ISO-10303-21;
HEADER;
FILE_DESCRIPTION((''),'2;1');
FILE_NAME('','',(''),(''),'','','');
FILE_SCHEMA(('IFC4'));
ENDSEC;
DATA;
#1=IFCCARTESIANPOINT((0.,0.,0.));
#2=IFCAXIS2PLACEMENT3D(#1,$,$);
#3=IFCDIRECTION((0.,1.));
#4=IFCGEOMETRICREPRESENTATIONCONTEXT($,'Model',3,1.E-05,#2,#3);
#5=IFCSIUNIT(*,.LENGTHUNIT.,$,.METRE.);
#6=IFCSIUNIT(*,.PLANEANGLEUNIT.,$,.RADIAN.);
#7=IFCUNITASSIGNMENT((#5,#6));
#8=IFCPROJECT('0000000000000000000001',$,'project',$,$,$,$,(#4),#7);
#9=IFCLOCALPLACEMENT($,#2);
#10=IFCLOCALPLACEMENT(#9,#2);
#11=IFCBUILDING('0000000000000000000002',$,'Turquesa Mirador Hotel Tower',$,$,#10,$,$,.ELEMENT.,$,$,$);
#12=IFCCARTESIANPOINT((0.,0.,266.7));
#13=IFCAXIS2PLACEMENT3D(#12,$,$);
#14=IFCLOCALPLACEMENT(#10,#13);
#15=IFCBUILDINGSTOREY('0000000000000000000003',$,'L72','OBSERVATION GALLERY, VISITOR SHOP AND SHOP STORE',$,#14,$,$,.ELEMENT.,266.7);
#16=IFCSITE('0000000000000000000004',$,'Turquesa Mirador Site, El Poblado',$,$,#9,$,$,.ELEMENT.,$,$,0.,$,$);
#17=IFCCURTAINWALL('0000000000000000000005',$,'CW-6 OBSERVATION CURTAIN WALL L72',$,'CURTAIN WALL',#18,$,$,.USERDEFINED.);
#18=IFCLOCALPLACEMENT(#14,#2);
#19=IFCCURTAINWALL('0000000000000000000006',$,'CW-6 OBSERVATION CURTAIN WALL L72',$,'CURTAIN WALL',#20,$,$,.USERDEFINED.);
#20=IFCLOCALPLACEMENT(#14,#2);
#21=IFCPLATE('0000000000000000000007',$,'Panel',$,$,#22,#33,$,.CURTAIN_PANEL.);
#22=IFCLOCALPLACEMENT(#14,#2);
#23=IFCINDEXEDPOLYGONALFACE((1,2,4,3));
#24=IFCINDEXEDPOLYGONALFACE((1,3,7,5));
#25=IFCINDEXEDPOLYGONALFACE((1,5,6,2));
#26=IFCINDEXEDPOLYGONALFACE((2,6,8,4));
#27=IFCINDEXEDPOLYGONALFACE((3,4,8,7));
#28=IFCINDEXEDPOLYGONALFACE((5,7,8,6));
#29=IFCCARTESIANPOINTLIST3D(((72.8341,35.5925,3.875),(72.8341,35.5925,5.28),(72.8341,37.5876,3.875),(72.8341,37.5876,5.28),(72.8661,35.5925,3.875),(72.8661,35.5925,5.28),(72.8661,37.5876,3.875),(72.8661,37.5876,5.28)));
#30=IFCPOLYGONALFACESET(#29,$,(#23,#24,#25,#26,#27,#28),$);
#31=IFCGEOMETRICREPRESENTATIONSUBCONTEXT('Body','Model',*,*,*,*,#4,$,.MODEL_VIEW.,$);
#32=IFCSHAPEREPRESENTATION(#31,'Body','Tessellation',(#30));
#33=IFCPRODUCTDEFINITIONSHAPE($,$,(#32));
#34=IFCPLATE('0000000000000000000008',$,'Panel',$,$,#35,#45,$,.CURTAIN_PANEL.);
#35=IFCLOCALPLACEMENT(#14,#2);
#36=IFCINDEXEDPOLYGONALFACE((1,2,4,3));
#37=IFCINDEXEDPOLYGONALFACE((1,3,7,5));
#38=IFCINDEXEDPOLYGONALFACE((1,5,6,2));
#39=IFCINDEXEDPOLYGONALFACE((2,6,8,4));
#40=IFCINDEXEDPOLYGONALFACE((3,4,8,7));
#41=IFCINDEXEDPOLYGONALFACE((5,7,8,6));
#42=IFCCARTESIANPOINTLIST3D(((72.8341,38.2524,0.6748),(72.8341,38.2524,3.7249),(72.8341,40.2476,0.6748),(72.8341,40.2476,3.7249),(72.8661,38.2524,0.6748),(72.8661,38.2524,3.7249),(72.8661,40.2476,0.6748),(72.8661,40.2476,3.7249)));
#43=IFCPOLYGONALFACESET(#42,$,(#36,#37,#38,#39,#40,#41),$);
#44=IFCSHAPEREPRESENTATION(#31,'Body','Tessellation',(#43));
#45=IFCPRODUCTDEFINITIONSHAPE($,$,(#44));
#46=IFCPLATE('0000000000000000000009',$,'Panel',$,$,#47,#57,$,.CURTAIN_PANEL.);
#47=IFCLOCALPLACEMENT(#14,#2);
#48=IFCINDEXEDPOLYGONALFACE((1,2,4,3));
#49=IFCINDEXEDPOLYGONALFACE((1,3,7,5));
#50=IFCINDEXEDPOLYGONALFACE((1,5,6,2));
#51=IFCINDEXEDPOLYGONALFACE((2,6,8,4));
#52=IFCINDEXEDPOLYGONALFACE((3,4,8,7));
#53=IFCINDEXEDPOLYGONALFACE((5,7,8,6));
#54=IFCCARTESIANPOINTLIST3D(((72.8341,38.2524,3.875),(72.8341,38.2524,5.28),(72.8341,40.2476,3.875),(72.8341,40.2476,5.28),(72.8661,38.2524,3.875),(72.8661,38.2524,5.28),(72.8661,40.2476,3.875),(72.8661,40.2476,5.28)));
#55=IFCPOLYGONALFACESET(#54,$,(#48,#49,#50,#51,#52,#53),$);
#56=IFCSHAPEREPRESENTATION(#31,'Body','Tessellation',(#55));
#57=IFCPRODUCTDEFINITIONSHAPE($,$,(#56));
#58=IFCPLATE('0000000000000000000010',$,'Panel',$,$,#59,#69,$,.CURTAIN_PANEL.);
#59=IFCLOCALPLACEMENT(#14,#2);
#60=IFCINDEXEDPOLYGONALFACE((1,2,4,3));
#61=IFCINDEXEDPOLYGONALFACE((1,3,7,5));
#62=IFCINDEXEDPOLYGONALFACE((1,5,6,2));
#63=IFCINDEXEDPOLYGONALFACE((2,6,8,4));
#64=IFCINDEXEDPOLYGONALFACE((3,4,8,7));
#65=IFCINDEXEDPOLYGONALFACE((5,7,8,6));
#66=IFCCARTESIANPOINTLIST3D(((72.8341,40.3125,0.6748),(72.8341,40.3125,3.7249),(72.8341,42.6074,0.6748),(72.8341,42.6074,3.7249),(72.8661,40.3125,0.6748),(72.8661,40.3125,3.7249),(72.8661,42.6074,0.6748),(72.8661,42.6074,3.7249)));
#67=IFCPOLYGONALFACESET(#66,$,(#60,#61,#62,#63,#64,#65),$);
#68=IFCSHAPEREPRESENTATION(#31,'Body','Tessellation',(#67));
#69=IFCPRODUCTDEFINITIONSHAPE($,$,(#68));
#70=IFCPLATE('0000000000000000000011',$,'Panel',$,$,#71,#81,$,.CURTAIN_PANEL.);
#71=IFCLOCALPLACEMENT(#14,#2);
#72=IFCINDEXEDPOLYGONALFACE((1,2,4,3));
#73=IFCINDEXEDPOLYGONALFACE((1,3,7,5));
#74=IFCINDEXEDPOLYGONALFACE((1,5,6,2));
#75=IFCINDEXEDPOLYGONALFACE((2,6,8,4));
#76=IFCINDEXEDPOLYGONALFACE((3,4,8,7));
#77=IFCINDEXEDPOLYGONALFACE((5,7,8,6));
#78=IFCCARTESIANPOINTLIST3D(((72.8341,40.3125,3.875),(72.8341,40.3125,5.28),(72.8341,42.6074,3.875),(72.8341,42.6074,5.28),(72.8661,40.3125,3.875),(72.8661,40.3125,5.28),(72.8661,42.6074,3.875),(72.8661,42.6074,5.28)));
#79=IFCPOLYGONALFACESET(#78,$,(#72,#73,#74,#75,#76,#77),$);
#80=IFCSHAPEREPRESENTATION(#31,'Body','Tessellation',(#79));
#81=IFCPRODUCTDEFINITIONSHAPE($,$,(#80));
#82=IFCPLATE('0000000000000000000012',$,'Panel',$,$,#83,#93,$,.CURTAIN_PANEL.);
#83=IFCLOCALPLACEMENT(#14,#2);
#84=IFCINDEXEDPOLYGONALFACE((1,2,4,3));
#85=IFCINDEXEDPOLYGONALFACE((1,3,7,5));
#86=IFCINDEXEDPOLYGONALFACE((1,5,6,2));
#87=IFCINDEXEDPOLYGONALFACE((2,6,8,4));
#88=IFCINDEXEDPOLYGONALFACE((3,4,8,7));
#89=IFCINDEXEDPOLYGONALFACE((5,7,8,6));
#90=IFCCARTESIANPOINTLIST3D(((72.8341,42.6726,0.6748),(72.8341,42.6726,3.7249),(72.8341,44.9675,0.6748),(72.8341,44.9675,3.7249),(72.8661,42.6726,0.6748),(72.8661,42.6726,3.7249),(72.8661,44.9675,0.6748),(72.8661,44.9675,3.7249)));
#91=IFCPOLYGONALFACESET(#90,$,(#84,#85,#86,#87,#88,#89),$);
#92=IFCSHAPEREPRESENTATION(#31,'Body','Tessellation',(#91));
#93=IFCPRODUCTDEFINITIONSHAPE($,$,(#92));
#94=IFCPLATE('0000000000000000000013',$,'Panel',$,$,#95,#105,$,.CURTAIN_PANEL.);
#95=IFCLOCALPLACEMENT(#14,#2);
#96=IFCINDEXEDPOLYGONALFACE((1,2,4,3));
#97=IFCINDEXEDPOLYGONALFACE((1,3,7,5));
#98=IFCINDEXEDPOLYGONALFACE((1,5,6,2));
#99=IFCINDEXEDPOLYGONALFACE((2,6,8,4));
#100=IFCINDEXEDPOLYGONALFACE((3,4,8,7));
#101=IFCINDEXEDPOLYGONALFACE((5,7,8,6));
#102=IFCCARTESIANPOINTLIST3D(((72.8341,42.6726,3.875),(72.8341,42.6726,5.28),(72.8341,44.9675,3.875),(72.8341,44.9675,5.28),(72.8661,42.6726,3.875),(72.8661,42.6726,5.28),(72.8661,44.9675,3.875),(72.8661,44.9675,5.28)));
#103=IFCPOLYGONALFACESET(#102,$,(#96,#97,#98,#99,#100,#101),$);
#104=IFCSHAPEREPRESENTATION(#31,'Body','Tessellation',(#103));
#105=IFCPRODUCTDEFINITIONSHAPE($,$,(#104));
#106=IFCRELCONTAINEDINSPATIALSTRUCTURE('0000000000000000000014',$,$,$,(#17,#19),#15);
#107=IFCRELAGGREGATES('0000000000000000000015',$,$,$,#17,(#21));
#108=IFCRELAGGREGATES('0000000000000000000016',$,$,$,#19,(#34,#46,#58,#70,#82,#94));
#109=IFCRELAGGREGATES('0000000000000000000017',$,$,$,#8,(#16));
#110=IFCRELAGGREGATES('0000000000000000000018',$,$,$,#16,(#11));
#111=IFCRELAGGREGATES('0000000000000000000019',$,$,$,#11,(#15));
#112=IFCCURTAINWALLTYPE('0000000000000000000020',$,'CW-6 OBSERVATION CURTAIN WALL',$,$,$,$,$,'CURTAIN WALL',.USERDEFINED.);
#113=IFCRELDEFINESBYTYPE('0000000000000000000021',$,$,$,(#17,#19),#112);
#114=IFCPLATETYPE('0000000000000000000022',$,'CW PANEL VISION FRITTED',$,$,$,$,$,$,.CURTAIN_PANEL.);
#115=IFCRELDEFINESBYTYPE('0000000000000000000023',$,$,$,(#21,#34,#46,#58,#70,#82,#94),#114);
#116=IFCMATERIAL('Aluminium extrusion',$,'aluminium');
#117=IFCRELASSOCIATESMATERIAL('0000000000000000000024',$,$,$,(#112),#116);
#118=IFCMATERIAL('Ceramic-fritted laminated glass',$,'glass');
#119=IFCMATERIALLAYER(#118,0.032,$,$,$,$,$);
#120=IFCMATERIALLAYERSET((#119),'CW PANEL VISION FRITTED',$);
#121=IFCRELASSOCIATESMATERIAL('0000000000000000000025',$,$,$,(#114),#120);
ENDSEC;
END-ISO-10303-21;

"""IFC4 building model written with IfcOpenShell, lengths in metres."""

from ifc_helpers import new_model, si_unit, direction, frame, origin, origin_2d, place, context, subcontext, project, spatial, rectangle, extrude, material, layer, layer_set, type_object, element, aggregate, save


model = new_model("IFC4")

# Units and contexts
model_context = context("Model", 3, precision=1e-05, world=origin(), true_north=direction((0.0, 1.0)))
body_context = subcontext(model_context, "Body", "Model", "MODEL_VIEW")
ifc_project = project(units=[si_unit("LENGTHUNIT", "METRE"), si_unit("PLANEANGLEUNIT", "RADIAN")], contexts=[model_context])

# Site, building, storey
site_placement = place(None, origin())
site = spatial("IfcSite", under=ifc_project, at=site_placement, Name="Turquesa Mirador Site, El Poblado", CompositionType="ELEMENT", RefElevation=0.0)
building_placement = place(site_placement, origin())
building = spatial("IfcBuilding", under=site, at=building_placement, Name="Turquesa Mirador Hotel Tower", CompositionType="ELEMENT")
storey_placement = place(building_placement, frame((0.0, 0.0, 266.7)))
storey = spatial("IfcBuildingStorey", under=building, at=storey_placement, Name="L72", Description="OBSERVATION GALLERY, VISITOR SHOP AND SHOP STORE", CompositionType="ELEMENT", Elevation=266.7)

# Curtain walls
ifc_material_1 = material(Name="Aluminium extrusion", Category="aluminium")
curtain_wall_type = type_object("IfcCurtainWallType", Name="CW-6 OBSERVATION CURTAIN WALL", ElementType="CURTAIN WALL", PredefinedType="USERDEFINED", material=ifc_material_1)
curtain_wall_1_placement = place(storey_placement, origin())
curtain_wall_1 = element("IfcCurtainWall", 1, at=curtain_wall_1_placement, inside=storey, type_object=curtain_wall_type, Name="CW-6 OBSERVATION CURTAIN WALL L72", ObjectType="CURTAIN WALL", PredefinedType="USERDEFINED")
curtain_wall_2_placement = place(storey_placement, origin())
curtain_wall_2 = element("IfcCurtainWall", 2, at=curtain_wall_2_placement, inside=storey, type_object=curtain_wall_type, Name="CW-6 OBSERVATION CURTAIN WALL L72", ObjectType="CURTAIN WALL", PredefinedType="USERDEFINED")

# Plates
ifc_material_2 = material(Name="Ceramic-fritted laminated glass", Category="glass")
ifc_layer_1 = layer(ifc_material_2, 0.032)
ifc_layer_set_1 = layer_set([ifc_layer_1], Name="CW PANEL VISION FRITTED")
plate_type_1 = type_object("IfcPlateType", Name="CW PANEL VISION FRITTED", PredefinedType="CURTAIN_PANEL", material=ifc_layer_set_1)
plate_1_placement = place(storey_placement, frame((72.8501, 36.5901, 3.875), z_axis=(0.0, 0.0, 1.0), x_axis=(0.0, 1.0, 0.0)))
plate_1 = element("IfcPlate", 3, at=plate_1_placement, type_object=plate_type_1, Name="Panel", PredefinedType="CURTAIN_PANEL", context=body_context, shape_type="SweptSolid", body=[
    extrude(rectangle(XDim=1.9951, YDim=0.032, at=origin_2d()), origin(), (0.0, 0.0, 1.0), 1.405),
])
aggregate(curtain_wall_1, [plate_1])
plate_2_placement = place(storey_placement, frame((72.8501, 39.25, 0.6748), z_axis=(0.0, 0.0, 1.0), x_axis=(0.0, 1.0, 0.0)))
plate_2 = element("IfcPlate", 4, at=plate_2_placement, type_object=plate_type_1, Name="Panel", PredefinedType="CURTAIN_PANEL", context=body_context, shape_type="SweptSolid", body=[
    extrude(rectangle(XDim=1.9951, YDim=0.032, at=origin_2d()), origin(), (0.0, 0.0, 1.0), 3.05),
])
plate_3_placement = place(storey_placement, frame((72.8501, 39.25, 3.875), z_axis=(0.0, 0.0, 1.0), x_axis=(0.0, 1.0, 0.0)))
plate_3 = element("IfcPlate", 5, at=plate_3_placement, type_object=plate_type_1, Name="Panel", PredefinedType="CURTAIN_PANEL", context=body_context, shape_type="SweptSolid", body=[
    extrude(rectangle(XDim=1.9951, YDim=0.032, at=origin_2d()), origin(), (0.0, 0.0, 1.0), 1.405),
])
plate_4_placement = place(storey_placement, frame((72.8501, 41.46, 0.6748), z_axis=(0.0, 0.0, 1.0), x_axis=(0.0, 1.0, 0.0)))
plate_4 = element("IfcPlate", 6, at=plate_4_placement, type_object=plate_type_1, Name="Panel", PredefinedType="CURTAIN_PANEL", context=body_context, shape_type="SweptSolid", body=[
    extrude(rectangle(XDim=2.2949, YDim=0.032, at=origin_2d()), origin(), (0.0, 0.0, 1.0), 3.05),
])
plate_5_placement = place(storey_placement, frame((72.8501, 41.46, 3.875), z_axis=(0.0, 0.0, 1.0), x_axis=(0.0, 1.0, 0.0)))
plate_5 = element("IfcPlate", 7, at=plate_5_placement, type_object=plate_type_1, Name="Panel", PredefinedType="CURTAIN_PANEL", context=body_context, shape_type="SweptSolid", body=[
    extrude(rectangle(XDim=2.2949, YDim=0.032, at=origin_2d()), origin(), (0.0, 0.0, 1.0), 1.405),
])
plate_6_placement = place(storey_placement, frame((72.8501, 43.8201, 0.6748), z_axis=(0.0, 0.0, 1.0), x_axis=(0.0, 1.0, 0.0)))
plate_6 = element("IfcPlate", 8, at=plate_6_placement, type_object=plate_type_1, Name="Panel", PredefinedType="CURTAIN_PANEL", context=body_context, shape_type="SweptSolid", body=[
    extrude(rectangle(XDim=2.2949, YDim=0.032, at=origin_2d()), origin(), (0.0, 0.0, 1.0), 3.05),
])
plate_7_placement = place(storey_placement, frame((72.8501, 43.8201, 3.875), z_axis=(0.0, 0.0, 1.0), x_axis=(0.0, 1.0, 0.0)))
plate_7 = element("IfcPlate", 9, at=plate_7_placement, type_object=plate_type_1, Name="Panel", PredefinedType="CURTAIN_PANEL", context=body_context, shape_type="SweptSolid", body=[
    extrude(rectangle(XDim=2.2949, YDim=0.032, at=origin_2d()), origin(), (0.0, 0.0, 1.0), 1.405),
])
aggregate(curtain_wall_2, [plate_2, plate_3, plate_4, plate_5, plate_6, plate_7])

save(model, "model.ifc")
